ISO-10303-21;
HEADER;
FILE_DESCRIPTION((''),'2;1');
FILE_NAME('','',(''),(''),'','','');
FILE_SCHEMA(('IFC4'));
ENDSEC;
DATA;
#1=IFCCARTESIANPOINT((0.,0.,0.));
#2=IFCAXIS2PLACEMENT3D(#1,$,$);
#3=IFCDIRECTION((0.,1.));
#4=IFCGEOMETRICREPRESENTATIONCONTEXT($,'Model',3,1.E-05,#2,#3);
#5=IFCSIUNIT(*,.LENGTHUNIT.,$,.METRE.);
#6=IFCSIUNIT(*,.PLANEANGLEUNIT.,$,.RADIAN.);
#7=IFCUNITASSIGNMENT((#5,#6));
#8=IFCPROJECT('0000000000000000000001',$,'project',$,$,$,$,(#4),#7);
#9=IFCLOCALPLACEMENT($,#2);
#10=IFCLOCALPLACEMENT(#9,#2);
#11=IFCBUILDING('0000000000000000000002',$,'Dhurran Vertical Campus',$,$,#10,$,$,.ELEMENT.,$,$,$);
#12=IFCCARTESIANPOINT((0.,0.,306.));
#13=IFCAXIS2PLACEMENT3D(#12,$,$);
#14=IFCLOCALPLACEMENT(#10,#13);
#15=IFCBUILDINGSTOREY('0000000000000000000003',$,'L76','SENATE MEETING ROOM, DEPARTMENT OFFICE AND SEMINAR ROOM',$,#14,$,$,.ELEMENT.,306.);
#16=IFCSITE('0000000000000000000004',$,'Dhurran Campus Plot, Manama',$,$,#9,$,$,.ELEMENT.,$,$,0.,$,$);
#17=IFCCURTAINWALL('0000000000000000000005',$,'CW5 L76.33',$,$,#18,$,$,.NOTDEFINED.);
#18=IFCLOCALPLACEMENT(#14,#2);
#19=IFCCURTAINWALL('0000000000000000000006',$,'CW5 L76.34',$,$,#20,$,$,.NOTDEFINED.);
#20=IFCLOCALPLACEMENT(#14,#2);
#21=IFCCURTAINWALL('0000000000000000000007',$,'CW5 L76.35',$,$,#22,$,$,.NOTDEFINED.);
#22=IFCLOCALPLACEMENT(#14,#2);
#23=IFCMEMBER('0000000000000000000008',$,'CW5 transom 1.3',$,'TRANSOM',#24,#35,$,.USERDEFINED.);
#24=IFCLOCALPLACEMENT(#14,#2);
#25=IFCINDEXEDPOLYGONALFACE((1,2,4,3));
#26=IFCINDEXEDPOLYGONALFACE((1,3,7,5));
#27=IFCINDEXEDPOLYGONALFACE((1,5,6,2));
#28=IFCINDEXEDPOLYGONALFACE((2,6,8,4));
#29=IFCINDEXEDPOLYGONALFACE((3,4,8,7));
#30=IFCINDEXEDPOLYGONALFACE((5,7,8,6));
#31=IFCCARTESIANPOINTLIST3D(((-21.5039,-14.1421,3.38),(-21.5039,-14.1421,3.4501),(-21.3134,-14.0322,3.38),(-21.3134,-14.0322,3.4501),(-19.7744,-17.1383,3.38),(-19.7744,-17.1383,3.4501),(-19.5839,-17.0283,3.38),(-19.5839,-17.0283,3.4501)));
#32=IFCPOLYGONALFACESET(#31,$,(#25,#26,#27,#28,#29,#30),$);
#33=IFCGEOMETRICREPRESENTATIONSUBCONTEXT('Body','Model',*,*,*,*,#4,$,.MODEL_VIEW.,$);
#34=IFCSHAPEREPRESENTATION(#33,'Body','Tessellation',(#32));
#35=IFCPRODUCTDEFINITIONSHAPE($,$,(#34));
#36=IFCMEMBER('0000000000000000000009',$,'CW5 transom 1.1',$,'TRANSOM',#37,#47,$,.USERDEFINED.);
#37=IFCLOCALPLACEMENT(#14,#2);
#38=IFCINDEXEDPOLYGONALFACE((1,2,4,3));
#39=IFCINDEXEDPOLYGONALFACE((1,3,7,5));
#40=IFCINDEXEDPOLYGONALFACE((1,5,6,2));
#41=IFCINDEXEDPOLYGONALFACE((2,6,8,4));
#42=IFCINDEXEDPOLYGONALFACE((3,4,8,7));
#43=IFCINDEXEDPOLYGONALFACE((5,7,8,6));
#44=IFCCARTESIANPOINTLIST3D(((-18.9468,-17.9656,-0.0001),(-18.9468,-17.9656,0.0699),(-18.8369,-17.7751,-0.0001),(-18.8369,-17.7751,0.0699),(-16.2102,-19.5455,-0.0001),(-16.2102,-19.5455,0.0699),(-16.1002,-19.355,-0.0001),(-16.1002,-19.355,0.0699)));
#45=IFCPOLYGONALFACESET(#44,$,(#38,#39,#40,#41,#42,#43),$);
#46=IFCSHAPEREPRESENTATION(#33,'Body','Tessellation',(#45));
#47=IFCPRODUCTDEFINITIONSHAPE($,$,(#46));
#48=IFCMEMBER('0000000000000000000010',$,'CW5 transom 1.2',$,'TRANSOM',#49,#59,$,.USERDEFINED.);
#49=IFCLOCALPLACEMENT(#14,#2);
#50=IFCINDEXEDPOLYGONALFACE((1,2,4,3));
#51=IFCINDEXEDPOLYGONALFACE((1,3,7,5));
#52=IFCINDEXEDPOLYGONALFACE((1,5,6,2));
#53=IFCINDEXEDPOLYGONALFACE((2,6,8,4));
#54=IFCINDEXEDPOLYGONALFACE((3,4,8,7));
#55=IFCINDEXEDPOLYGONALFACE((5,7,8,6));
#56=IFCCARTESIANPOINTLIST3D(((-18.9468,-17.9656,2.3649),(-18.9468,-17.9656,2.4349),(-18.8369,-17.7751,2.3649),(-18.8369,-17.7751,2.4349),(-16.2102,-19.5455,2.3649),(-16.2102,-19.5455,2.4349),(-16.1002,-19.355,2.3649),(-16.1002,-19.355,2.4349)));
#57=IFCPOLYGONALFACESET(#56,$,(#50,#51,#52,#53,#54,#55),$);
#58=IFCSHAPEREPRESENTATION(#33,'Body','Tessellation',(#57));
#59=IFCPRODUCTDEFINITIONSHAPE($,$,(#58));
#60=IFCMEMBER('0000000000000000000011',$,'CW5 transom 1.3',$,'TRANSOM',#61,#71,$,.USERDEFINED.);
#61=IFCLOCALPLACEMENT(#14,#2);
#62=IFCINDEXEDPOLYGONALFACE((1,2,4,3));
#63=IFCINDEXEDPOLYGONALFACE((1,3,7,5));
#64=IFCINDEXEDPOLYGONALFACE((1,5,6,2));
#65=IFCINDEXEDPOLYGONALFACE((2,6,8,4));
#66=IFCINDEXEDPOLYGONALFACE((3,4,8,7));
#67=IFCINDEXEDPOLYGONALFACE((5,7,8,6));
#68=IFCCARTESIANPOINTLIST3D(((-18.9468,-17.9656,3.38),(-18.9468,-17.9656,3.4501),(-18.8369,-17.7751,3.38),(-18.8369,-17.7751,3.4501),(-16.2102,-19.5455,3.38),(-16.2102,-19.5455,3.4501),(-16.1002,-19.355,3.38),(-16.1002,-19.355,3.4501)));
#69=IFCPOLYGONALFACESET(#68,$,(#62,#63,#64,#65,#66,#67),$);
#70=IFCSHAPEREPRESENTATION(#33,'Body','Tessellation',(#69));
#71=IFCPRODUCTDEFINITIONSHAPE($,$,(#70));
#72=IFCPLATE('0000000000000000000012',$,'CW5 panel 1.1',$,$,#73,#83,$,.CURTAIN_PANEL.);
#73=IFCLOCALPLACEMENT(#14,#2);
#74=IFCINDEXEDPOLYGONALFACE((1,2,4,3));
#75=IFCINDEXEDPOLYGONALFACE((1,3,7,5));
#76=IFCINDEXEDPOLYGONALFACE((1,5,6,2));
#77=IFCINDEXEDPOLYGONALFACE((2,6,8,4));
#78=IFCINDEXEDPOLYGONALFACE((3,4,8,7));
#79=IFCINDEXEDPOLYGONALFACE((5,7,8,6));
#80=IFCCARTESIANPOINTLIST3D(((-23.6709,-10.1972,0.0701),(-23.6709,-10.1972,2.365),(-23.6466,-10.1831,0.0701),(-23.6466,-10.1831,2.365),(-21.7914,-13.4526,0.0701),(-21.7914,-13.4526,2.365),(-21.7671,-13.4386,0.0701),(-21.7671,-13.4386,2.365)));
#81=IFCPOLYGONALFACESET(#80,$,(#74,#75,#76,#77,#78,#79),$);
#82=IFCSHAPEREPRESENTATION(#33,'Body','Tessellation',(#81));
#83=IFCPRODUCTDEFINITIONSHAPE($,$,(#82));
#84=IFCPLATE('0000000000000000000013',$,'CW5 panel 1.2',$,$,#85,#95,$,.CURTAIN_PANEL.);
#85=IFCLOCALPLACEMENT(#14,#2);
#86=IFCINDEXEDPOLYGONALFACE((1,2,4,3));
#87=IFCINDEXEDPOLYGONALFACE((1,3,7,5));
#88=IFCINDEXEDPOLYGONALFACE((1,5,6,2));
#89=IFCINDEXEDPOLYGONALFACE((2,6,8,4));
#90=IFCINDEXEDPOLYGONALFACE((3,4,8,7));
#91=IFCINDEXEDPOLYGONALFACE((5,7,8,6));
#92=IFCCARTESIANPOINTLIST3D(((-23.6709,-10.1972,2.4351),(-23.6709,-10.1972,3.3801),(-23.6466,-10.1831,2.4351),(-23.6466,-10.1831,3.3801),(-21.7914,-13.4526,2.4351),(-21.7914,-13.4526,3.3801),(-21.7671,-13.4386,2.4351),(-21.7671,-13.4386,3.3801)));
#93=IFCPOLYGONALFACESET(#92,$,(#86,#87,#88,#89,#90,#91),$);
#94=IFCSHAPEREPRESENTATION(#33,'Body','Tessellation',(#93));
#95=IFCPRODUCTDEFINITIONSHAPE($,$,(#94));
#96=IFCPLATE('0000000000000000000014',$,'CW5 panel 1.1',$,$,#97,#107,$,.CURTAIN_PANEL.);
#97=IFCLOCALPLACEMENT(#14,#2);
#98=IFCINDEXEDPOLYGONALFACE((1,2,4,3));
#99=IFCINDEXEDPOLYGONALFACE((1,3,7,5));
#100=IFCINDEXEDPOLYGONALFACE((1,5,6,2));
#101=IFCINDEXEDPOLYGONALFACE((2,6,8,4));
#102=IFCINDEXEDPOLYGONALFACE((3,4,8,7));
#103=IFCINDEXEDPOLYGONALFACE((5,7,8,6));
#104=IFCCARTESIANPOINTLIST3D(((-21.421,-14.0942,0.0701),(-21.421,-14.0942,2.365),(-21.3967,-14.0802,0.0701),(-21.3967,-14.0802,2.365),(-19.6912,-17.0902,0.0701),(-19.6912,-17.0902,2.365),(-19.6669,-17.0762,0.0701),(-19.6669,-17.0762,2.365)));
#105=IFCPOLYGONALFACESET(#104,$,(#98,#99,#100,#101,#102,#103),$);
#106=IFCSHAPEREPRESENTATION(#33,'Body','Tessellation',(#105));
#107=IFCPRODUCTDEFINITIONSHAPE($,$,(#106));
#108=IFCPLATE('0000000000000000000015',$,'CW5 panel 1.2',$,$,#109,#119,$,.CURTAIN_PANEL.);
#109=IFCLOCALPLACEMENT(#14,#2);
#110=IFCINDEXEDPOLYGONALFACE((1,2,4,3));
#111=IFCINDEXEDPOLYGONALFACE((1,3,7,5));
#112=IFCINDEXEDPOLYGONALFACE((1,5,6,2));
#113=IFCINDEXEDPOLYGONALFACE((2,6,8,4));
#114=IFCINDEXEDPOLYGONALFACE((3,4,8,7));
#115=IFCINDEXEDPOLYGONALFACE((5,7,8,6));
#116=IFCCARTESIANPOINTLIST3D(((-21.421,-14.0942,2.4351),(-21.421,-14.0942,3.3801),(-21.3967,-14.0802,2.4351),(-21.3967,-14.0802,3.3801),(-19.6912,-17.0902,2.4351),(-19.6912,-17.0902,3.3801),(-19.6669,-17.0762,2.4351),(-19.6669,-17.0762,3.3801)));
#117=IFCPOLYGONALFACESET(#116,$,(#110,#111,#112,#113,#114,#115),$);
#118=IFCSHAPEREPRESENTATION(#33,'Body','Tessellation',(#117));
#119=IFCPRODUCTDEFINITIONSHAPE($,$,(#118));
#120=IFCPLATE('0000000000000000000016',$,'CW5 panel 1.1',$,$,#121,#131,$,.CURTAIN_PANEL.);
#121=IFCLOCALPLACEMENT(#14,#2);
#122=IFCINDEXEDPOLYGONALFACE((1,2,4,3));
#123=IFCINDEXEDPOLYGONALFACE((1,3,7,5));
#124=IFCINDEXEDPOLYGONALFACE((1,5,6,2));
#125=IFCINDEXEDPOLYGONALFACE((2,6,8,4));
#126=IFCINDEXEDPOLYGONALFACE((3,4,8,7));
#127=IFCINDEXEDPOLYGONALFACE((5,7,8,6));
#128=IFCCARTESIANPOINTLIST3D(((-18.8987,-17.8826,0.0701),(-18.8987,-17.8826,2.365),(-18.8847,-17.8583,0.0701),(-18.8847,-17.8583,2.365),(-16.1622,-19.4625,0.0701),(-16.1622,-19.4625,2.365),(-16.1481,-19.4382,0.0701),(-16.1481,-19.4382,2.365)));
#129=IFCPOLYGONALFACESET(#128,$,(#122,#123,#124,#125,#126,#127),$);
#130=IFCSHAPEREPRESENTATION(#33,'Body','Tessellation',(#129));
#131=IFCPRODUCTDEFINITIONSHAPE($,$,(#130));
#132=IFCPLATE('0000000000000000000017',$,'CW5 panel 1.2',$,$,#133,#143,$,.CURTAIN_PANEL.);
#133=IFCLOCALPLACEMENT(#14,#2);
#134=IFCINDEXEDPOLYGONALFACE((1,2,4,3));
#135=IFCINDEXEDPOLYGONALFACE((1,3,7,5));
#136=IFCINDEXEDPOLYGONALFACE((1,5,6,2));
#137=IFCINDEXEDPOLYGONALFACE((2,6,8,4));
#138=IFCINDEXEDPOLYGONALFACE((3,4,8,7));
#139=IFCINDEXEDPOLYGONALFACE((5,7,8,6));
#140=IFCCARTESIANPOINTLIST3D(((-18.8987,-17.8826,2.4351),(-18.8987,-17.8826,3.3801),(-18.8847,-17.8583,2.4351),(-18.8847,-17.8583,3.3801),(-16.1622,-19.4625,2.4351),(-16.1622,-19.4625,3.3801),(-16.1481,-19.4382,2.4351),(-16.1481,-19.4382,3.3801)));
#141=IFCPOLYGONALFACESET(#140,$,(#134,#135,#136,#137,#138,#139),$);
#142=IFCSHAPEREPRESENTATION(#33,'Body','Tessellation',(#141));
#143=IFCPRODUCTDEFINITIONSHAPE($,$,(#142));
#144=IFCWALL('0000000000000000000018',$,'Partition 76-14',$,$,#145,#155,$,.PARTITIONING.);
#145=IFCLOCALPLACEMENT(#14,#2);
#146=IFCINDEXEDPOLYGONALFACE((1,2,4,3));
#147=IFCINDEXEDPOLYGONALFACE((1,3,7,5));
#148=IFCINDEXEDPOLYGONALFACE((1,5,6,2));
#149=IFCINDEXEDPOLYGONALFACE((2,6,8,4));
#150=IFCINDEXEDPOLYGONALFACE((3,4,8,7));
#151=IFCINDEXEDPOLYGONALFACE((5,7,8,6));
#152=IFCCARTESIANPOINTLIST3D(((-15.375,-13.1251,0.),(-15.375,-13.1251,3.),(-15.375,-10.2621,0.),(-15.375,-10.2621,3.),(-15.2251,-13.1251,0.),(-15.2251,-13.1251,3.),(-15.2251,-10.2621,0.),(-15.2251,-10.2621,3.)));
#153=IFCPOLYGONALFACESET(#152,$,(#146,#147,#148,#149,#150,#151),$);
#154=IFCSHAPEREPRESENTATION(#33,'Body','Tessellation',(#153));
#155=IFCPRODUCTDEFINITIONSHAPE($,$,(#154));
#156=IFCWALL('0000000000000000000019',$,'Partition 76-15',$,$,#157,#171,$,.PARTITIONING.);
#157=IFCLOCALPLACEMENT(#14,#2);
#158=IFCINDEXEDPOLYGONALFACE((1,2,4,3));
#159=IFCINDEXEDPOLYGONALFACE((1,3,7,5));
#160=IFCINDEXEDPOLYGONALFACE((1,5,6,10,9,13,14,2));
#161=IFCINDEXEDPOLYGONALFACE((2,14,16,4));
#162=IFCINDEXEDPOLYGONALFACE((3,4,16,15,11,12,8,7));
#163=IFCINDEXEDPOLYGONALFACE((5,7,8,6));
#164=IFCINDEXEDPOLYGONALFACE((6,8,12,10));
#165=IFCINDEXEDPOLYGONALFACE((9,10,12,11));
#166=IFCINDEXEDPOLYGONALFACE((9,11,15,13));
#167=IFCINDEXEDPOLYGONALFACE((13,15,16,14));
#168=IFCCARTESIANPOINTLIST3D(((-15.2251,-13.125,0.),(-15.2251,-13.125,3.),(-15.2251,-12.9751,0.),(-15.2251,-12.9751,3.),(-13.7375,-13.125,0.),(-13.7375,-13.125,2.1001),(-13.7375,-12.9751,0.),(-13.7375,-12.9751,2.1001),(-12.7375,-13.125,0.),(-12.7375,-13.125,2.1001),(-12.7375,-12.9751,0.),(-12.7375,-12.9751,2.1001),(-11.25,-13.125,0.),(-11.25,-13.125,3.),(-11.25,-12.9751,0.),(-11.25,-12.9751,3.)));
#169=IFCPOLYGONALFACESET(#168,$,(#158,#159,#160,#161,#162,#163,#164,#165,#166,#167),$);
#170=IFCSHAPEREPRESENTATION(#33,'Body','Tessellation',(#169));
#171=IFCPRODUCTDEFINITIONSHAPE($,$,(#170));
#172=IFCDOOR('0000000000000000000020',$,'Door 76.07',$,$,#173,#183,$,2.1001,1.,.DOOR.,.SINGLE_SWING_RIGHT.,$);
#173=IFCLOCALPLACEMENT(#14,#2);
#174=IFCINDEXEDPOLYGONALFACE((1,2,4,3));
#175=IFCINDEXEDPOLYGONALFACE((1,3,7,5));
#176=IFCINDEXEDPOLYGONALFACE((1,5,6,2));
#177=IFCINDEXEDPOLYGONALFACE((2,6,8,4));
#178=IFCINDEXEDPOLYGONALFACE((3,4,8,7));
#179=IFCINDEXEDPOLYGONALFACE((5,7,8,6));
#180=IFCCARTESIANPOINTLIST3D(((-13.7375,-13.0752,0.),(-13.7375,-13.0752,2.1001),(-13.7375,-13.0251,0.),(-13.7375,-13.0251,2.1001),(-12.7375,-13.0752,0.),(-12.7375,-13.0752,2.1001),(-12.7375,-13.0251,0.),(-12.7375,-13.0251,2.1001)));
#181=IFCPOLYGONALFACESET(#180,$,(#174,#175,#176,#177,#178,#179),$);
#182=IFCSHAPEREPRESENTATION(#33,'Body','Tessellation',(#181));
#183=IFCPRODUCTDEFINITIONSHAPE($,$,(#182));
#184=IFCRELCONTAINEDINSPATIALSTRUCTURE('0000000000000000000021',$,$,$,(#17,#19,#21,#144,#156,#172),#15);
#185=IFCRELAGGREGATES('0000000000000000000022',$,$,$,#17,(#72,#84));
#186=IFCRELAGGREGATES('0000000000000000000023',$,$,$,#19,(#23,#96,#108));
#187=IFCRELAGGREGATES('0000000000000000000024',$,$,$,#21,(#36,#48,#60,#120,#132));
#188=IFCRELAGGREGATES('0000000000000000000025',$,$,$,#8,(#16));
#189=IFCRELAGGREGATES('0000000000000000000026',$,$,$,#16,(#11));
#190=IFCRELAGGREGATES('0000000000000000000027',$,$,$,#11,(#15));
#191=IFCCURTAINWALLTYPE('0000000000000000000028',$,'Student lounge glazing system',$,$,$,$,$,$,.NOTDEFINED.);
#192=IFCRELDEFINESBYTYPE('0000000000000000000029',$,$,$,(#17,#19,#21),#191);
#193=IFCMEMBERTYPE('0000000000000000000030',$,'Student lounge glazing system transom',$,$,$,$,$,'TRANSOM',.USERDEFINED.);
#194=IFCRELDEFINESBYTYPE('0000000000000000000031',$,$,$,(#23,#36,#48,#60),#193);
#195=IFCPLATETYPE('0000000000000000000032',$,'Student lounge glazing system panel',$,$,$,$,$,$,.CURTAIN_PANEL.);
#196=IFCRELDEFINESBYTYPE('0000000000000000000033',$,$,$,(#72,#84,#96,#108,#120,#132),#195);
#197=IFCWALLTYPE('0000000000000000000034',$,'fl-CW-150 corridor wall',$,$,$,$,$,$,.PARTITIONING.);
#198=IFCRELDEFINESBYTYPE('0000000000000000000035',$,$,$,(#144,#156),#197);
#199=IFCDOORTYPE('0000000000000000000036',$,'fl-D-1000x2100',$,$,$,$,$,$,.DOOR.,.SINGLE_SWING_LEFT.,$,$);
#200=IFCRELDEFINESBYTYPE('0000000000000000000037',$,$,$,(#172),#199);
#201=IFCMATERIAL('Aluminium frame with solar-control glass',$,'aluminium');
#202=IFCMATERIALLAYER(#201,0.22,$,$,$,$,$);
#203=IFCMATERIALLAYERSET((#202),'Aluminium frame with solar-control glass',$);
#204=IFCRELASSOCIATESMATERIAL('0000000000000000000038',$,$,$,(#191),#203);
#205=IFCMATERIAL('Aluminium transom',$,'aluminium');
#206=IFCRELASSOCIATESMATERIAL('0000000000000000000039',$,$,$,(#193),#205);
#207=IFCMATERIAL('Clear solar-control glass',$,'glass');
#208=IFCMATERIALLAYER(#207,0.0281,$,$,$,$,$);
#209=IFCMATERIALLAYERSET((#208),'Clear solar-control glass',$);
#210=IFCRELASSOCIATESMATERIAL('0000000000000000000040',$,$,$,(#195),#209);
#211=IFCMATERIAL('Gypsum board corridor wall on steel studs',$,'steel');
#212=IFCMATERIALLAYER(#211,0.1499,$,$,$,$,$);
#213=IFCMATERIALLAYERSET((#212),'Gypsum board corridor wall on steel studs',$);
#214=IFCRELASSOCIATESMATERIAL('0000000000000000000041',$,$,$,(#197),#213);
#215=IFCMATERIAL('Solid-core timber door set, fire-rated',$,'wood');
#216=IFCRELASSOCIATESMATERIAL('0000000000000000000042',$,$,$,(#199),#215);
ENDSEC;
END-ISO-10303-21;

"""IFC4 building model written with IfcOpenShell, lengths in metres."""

from ifc_helpers import new_model, si_unit, direction, frame, frame_2d, origin, origin_2d, place, context, subcontext, project, spatial, rectangle, extrude, material, layer, layer_set, material_profile, profile_set, type_object, element, fill, aggregate, save


model = new_model("IFC4")

# Units and contexts
model_context = context("Model", 3, precision=1e-05, world=origin(), true_north=direction((0.0, 1.0)))
body_context = subcontext(model_context, "Body", "Model", "MODEL_VIEW")
ifc_project = project(units=[si_unit("LENGTHUNIT", "METRE"), si_unit("PLANEANGLEUNIT", "RADIAN")], contexts=[model_context])

# Site, building, storey
site_placement = place(None, origin())
site = spatial("IfcSite", under=ifc_project, at=site_placement, Name="Dhurran Campus Plot, Manama", CompositionType="ELEMENT", RefElevation=0.0)
building_placement = place(site_placement, origin())
building = spatial("IfcBuilding", under=site, at=building_placement, Name="Dhurran Vertical Campus", CompositionType="ELEMENT")
storey_placement = place(building_placement, frame((0.0, 0.0, 306.0)))
storey = spatial("IfcBuildingStorey", under=building, at=storey_placement, Name="L76", Description="SENATE MEETING ROOM, DEPARTMENT OFFICE AND SEMINAR ROOM", CompositionType="ELEMENT", Elevation=306.0)

# Curtain wall
ifc_material_1 = material(Name="Aluminium frame with solar-control glass", Category="aluminium")
ifc_layer_1 = layer(ifc_material_1, 0.22)
ifc_layer_set_1 = layer_set([ifc_layer_1], Name="Aluminium frame with solar-control glass")
curtain_wall_type = type_object("IfcCurtainWallType", Name="Student lounge glazing system", PredefinedType="NOTDEFINED", material=ifc_layer_set_1)
curtain_wall_1_placement = place(storey_placement, origin())
curtain_wall_1 = element("IfcCurtainWall", 1, at=curtain_wall_1_placement, inside=storey, type_object=curtain_wall_type, Name="CW5 L76.33", PredefinedType="NOTDEFINED")

# Curtain walls
curtain_wall_2_placement = place(storey_placement, origin())
curtain_wall_2 = element("IfcCurtainWall", 2, at=curtain_wall_2_placement, inside=storey, type_object=curtain_wall_type, Name="CW5 L76.34", PredefinedType="NOTDEFINED")
curtain_wall_3_placement = place(storey_placement, origin())
curtain_wall_3 = element("IfcCurtainWall", 3, at=curtain_wall_3_placement, inside=storey, type_object=curtain_wall_type, Name="CW5 L76.35", PredefinedType="NOTDEFINED")

# Members
ifc_material_2 = material(Name="Aluminium transom", Category="aluminium")
ifc_material_profile_1 = material_profile(ifc_material_2, rectangle(XDim=0.22, YDim=0.0701, at=origin_2d()), Name="Student lounge glazing system transom")
ifc_profile_set_1 = profile_set([ifc_material_profile_1], Name="Aluminium transom")
member_type_1 = type_object("IfcMemberType", Name="Student lounge glazing system transom", ElementType="TRANSOM", PredefinedType="USERDEFINED", material=ifc_profile_set_1)
member_1_placement = place(storey_placement, frame((-21.4087, -14.0872, 3.415), z_axis=(0.499934, -0.866063, 0.0), x_axis=(0.866063, 0.499934, 0.0)))
member_1 = element("IfcMember", 4, at=member_1_placement, type_object=member_type_1, Name="CW5 transom 1.3", ObjectType="TRANSOM", PredefinedType="USERDEFINED", context=body_context, shape_type="SweptSolid", body=[
    extrude(rectangle(XDim=0.22, YDim=0.0701, at=origin_2d()), origin(), (0.0, 0.0, 1.0), 3.4595),
])
member_2_placement = place(storey_placement, frame((-18.8918, -17.8704, 0.0349), z_axis=(0.866043, -0.49997, 0.0), x_axis=(0.49997, 0.866043, 0.0)))
member_2 = element("IfcMember", 5, at=member_2_placement, type_object=member_type_1, Name="CW5 transom 1.1", ObjectType="TRANSOM", PredefinedType="USERDEFINED", context=body_context, shape_type="SweptSolid", body=[
    extrude(rectangle(XDim=0.22, YDim=0.0701, at=origin_2d()), origin(), (0.0, 0.0, 1.0), 3.1599),
])
member_3_placement = place(storey_placement, frame((-18.8918, -17.8704, 2.3999), z_axis=(0.866043, -0.49997, 0.0), x_axis=(0.49997, 0.866043, 0.0)))
member_3 = element("IfcMember", 6, at=member_3_placement, type_object=member_type_1, Name="CW5 transom 1.2", ObjectType="TRANSOM", PredefinedType="USERDEFINED", context=body_context, shape_type="SweptSolid", body=[
    extrude(rectangle(XDim=0.22, YDim=0.0701, at=origin_2d()), origin(), (0.0, 0.0, 1.0), 3.1599),
])
member_4_placement = place(storey_placement, frame((-18.8918, -17.8704, 3.415), z_axis=(0.866043, -0.49997, 0.0), x_axis=(0.49997, 0.866043, 0.0)))
member_4 = element("IfcMember", 7, at=member_4_placement, type_object=member_type_1, Name="CW5 transom 1.3", ObjectType="TRANSOM", PredefinedType="USERDEFINED", context=body_context, shape_type="SweptSolid", body=[
    extrude(rectangle(XDim=0.22, YDim=0.0701, at=origin_2d()), origin(), (0.0, 0.0, 1.0), 3.1599),
])

# Plates
ifc_material_3 = material(Name="Clear solar-control glass", Category="glass")
ifc_layer_2 = layer(ifc_material_3, 0.0281)
ifc_layer_set_2 = layer_set([ifc_layer_2], Name="Clear solar-control glass")
plate_type = type_object("IfcPlateType", Name="Student lounge glazing system panel", PredefinedType="CURTAIN_PANEL", material=ifc_layer_set_2)
plate_1_placement = place(storey_placement, frame((-22.719, -11.8179, 0.0701), z_axis=(0.0, 0.0, 1.0), x_axis=(0.500004, -0.866023, 0.0)))
plate_1 = element("IfcPlate", 8, at=plate_1_placement, type_object=plate_type, Name="CW5 panel 1.1", PredefinedType="CURTAIN_PANEL", context=body_context, shape_type="SweptSolid", body=[
    extrude(rectangle(XDim=3.759, YDim=0.0281, at=origin_2d()), origin(), (0.0, 0.0, 1.0), 2.2949),
])
plate_2_placement = place(storey_placement, frame((-22.719, -11.8179, 2.4351), z_axis=(0.0, 0.0, 1.0), x_axis=(0.500004, -0.866023, 0.0)))
plate_2 = element("IfcPlate", 9, at=plate_2_placement, type_object=plate_type, Name="CW5 panel 1.2", PredefinedType="CURTAIN_PANEL", context=body_context, shape_type="SweptSolid", body=[
    extrude(rectangle(XDim=3.759, YDim=0.0281, at=origin_2d()), origin(), (0.0, 0.0, 1.0), 0.9451),
])
aggregate(curtain_wall_1, [plate_1, plate_2])
plate_3_placement = place(storey_placement, frame((-20.5439, -15.5852, 0.0701), z_axis=(0.0, 0.0, 1.0), x_axis=(0.499997, -0.866027, 0.0)))
plate_3 = element("IfcPlate", 10, at=plate_3_placement, type_object=plate_type, Name="CW5 panel 1.1", PredefinedType="CURTAIN_PANEL", context=body_context, shape_type="SweptSolid", body=[
    extrude(rectangle(XDim=3.4595, YDim=0.0281, at=origin_2d()), origin(), (0.0, 0.0, 1.0), 2.2949),
])
plate_4_placement = place(storey_placement, frame((-20.5439, -15.5852, 2.4351), z_axis=(0.0, 0.0, 1.0), x_axis=(0.499997, -0.866027, 0.0)))
plate_4 = element("IfcPlate", 11, at=plate_4_placement, type_object=plate_type, Name="CW5 panel 1.2", PredefinedType="CURTAIN_PANEL", context=body_context, shape_type="SweptSolid", body=[
    extrude(rectangle(XDim=3.4595, YDim=0.0281, at=origin_2d()), origin(), (0.0, 0.0, 1.0), 0.9451),
])
aggregate(curtain_wall_2, [member_1, plate_3, plate_4])
plate_5_placement = place(storey_placement, frame((-17.5234, -18.6604, 0.0701), z_axis=(0.0, 0.0, 1.0), x_axis=(0.866025, -0.500001, 0.0)))
plate_5 = element("IfcPlate", 12, at=plate_5_placement, type_object=plate_type, Name="CW5 panel 1.1", PredefinedType="CURTAIN_PANEL", context=body_context, shape_type="SweptSolid", body=[
    extrude(rectangle(XDim=3.1599, YDim=0.0281, at=origin_2d()), origin(), (0.0, 0.0, 1.0), 2.2949),
])
plate_6_placement = place(storey_placement, frame((-17.5234, -18.6604, 2.4351), z_axis=(0.0, 0.0, 1.0), x_axis=(0.866025, -0.500001, 0.0)))
plate_6 = element("IfcPlate", 13, at=plate_6_placement, type_object=plate_type, Name="CW5 panel 1.2", PredefinedType="CURTAIN_PANEL", context=body_context, shape_type="SweptSolid", body=[
    extrude(rectangle(XDim=3.1599, YDim=0.0281, at=origin_2d()), origin(), (0.0, 0.0, 1.0), 0.9451),
])
aggregate(curtain_wall_3, [member_2, member_3, member_4, plate_5, plate_6])

# Wall
ifc_material_4 = material(Name="Gypsum board corridor wall on steel studs", Category="steel")
ifc_layer_3 = layer(ifc_material_4, 0.1499)
ifc_layer_set_3 = layer_set([ifc_layer_3], Name="Gypsum board corridor wall on steel studs")
wall_type_1 = type_object("IfcWallType", Name="fl-CW-150 corridor wall", PredefinedType="PARTITIONING", material=ifc_layer_set_3)
wall_1_placement = place(storey_placement, frame((-15.3, -10.262, 0.0), z_axis=(0.0, 0.0, 1.0), x_axis=(0.0, -1.0, 0.0)))
element("IfcWall", 14, at=wall_1_placement, inside=storey, type_object=wall_type_1, Name="Partition 76-14", PredefinedType="PARTITIONING", context=body_context, shape_type="SweptSolid", body=[
    extrude(rectangle(XDim=2.863, YDim=0.1499, at=frame_2d((1.4316, 0.0))), origin(), (0.0, 0.0, 1.0), 3.0),
])

# Wall, opening, door
wall_2_placement = place(storey_placement, frame((-15.2251, -13.05, 0.0), z_axis=(0.0, 0.0, 1.0), x_axis=(1.0, 0.0, 0.0)))
wall_2 = element("IfcWall", 15, at=wall_2_placement, inside=storey, type_object=wall_type_1, Name="Partition 76-15", PredefinedType="PARTITIONING", context=body_context, shape_type="SweptSolid", body=[
    extrude(rectangle(XDim=3.9751, YDim=0.1499, at=frame_2d((1.9875, 0.0))), origin(), (0.0, 0.0, 1.0), 3.0),
])
opening_placement = place(wall_2_placement, frame((1.4875, 0.0, 0.0)))
opening = element("IfcOpeningElement", 16, at=opening_placement, cuts=wall_2, PredefinedType="OPENING", context=body_context, shape_type="SweptSolid", body=[
    extrude(rectangle(XDim=1.0, YDim=2.1001, at=frame_2d((0.5, 1.05))), frame((0.0, 0.085, 0.0), z_axis=(0.0, -1.0, 0.0), x_axis=(1.0, 0.0, 0.0)), (0.0, 0.0, 1.0), 0.1699),
])
ifc_material_5 = material(Name="Solid-core timber door set, fire-rated", Category="wood")
door_type = type_object("IfcDoorType", Name="fl-D-1000x2100", OperationType="SINGLE_SWING_LEFT", PredefinedType="DOOR", material=ifc_material_5)
door_placement = place(opening_placement, origin())
door = element("IfcDoor", 17, at=door_placement, inside=storey, type_object=door_type, Name="Door 76.07", OperationType="SINGLE_SWING_RIGHT", OverallHeight=2.1001, OverallWidth=1.0, PredefinedType="DOOR", context=body_context, shape_type="SweptSolid", body=[
    extrude(rectangle(XDim=1.0, YDim=2.1001, at=frame_2d((0.5, 1.05))), frame((0.0, 0.0249, 0.0), z_axis=(0.0, -1.0, 0.0), x_axis=(1.0, 0.0, 0.0)), (0.0, 0.0, 1.0), 0.05),
])
fill(opening, door)

save(model, "model.ifc")
